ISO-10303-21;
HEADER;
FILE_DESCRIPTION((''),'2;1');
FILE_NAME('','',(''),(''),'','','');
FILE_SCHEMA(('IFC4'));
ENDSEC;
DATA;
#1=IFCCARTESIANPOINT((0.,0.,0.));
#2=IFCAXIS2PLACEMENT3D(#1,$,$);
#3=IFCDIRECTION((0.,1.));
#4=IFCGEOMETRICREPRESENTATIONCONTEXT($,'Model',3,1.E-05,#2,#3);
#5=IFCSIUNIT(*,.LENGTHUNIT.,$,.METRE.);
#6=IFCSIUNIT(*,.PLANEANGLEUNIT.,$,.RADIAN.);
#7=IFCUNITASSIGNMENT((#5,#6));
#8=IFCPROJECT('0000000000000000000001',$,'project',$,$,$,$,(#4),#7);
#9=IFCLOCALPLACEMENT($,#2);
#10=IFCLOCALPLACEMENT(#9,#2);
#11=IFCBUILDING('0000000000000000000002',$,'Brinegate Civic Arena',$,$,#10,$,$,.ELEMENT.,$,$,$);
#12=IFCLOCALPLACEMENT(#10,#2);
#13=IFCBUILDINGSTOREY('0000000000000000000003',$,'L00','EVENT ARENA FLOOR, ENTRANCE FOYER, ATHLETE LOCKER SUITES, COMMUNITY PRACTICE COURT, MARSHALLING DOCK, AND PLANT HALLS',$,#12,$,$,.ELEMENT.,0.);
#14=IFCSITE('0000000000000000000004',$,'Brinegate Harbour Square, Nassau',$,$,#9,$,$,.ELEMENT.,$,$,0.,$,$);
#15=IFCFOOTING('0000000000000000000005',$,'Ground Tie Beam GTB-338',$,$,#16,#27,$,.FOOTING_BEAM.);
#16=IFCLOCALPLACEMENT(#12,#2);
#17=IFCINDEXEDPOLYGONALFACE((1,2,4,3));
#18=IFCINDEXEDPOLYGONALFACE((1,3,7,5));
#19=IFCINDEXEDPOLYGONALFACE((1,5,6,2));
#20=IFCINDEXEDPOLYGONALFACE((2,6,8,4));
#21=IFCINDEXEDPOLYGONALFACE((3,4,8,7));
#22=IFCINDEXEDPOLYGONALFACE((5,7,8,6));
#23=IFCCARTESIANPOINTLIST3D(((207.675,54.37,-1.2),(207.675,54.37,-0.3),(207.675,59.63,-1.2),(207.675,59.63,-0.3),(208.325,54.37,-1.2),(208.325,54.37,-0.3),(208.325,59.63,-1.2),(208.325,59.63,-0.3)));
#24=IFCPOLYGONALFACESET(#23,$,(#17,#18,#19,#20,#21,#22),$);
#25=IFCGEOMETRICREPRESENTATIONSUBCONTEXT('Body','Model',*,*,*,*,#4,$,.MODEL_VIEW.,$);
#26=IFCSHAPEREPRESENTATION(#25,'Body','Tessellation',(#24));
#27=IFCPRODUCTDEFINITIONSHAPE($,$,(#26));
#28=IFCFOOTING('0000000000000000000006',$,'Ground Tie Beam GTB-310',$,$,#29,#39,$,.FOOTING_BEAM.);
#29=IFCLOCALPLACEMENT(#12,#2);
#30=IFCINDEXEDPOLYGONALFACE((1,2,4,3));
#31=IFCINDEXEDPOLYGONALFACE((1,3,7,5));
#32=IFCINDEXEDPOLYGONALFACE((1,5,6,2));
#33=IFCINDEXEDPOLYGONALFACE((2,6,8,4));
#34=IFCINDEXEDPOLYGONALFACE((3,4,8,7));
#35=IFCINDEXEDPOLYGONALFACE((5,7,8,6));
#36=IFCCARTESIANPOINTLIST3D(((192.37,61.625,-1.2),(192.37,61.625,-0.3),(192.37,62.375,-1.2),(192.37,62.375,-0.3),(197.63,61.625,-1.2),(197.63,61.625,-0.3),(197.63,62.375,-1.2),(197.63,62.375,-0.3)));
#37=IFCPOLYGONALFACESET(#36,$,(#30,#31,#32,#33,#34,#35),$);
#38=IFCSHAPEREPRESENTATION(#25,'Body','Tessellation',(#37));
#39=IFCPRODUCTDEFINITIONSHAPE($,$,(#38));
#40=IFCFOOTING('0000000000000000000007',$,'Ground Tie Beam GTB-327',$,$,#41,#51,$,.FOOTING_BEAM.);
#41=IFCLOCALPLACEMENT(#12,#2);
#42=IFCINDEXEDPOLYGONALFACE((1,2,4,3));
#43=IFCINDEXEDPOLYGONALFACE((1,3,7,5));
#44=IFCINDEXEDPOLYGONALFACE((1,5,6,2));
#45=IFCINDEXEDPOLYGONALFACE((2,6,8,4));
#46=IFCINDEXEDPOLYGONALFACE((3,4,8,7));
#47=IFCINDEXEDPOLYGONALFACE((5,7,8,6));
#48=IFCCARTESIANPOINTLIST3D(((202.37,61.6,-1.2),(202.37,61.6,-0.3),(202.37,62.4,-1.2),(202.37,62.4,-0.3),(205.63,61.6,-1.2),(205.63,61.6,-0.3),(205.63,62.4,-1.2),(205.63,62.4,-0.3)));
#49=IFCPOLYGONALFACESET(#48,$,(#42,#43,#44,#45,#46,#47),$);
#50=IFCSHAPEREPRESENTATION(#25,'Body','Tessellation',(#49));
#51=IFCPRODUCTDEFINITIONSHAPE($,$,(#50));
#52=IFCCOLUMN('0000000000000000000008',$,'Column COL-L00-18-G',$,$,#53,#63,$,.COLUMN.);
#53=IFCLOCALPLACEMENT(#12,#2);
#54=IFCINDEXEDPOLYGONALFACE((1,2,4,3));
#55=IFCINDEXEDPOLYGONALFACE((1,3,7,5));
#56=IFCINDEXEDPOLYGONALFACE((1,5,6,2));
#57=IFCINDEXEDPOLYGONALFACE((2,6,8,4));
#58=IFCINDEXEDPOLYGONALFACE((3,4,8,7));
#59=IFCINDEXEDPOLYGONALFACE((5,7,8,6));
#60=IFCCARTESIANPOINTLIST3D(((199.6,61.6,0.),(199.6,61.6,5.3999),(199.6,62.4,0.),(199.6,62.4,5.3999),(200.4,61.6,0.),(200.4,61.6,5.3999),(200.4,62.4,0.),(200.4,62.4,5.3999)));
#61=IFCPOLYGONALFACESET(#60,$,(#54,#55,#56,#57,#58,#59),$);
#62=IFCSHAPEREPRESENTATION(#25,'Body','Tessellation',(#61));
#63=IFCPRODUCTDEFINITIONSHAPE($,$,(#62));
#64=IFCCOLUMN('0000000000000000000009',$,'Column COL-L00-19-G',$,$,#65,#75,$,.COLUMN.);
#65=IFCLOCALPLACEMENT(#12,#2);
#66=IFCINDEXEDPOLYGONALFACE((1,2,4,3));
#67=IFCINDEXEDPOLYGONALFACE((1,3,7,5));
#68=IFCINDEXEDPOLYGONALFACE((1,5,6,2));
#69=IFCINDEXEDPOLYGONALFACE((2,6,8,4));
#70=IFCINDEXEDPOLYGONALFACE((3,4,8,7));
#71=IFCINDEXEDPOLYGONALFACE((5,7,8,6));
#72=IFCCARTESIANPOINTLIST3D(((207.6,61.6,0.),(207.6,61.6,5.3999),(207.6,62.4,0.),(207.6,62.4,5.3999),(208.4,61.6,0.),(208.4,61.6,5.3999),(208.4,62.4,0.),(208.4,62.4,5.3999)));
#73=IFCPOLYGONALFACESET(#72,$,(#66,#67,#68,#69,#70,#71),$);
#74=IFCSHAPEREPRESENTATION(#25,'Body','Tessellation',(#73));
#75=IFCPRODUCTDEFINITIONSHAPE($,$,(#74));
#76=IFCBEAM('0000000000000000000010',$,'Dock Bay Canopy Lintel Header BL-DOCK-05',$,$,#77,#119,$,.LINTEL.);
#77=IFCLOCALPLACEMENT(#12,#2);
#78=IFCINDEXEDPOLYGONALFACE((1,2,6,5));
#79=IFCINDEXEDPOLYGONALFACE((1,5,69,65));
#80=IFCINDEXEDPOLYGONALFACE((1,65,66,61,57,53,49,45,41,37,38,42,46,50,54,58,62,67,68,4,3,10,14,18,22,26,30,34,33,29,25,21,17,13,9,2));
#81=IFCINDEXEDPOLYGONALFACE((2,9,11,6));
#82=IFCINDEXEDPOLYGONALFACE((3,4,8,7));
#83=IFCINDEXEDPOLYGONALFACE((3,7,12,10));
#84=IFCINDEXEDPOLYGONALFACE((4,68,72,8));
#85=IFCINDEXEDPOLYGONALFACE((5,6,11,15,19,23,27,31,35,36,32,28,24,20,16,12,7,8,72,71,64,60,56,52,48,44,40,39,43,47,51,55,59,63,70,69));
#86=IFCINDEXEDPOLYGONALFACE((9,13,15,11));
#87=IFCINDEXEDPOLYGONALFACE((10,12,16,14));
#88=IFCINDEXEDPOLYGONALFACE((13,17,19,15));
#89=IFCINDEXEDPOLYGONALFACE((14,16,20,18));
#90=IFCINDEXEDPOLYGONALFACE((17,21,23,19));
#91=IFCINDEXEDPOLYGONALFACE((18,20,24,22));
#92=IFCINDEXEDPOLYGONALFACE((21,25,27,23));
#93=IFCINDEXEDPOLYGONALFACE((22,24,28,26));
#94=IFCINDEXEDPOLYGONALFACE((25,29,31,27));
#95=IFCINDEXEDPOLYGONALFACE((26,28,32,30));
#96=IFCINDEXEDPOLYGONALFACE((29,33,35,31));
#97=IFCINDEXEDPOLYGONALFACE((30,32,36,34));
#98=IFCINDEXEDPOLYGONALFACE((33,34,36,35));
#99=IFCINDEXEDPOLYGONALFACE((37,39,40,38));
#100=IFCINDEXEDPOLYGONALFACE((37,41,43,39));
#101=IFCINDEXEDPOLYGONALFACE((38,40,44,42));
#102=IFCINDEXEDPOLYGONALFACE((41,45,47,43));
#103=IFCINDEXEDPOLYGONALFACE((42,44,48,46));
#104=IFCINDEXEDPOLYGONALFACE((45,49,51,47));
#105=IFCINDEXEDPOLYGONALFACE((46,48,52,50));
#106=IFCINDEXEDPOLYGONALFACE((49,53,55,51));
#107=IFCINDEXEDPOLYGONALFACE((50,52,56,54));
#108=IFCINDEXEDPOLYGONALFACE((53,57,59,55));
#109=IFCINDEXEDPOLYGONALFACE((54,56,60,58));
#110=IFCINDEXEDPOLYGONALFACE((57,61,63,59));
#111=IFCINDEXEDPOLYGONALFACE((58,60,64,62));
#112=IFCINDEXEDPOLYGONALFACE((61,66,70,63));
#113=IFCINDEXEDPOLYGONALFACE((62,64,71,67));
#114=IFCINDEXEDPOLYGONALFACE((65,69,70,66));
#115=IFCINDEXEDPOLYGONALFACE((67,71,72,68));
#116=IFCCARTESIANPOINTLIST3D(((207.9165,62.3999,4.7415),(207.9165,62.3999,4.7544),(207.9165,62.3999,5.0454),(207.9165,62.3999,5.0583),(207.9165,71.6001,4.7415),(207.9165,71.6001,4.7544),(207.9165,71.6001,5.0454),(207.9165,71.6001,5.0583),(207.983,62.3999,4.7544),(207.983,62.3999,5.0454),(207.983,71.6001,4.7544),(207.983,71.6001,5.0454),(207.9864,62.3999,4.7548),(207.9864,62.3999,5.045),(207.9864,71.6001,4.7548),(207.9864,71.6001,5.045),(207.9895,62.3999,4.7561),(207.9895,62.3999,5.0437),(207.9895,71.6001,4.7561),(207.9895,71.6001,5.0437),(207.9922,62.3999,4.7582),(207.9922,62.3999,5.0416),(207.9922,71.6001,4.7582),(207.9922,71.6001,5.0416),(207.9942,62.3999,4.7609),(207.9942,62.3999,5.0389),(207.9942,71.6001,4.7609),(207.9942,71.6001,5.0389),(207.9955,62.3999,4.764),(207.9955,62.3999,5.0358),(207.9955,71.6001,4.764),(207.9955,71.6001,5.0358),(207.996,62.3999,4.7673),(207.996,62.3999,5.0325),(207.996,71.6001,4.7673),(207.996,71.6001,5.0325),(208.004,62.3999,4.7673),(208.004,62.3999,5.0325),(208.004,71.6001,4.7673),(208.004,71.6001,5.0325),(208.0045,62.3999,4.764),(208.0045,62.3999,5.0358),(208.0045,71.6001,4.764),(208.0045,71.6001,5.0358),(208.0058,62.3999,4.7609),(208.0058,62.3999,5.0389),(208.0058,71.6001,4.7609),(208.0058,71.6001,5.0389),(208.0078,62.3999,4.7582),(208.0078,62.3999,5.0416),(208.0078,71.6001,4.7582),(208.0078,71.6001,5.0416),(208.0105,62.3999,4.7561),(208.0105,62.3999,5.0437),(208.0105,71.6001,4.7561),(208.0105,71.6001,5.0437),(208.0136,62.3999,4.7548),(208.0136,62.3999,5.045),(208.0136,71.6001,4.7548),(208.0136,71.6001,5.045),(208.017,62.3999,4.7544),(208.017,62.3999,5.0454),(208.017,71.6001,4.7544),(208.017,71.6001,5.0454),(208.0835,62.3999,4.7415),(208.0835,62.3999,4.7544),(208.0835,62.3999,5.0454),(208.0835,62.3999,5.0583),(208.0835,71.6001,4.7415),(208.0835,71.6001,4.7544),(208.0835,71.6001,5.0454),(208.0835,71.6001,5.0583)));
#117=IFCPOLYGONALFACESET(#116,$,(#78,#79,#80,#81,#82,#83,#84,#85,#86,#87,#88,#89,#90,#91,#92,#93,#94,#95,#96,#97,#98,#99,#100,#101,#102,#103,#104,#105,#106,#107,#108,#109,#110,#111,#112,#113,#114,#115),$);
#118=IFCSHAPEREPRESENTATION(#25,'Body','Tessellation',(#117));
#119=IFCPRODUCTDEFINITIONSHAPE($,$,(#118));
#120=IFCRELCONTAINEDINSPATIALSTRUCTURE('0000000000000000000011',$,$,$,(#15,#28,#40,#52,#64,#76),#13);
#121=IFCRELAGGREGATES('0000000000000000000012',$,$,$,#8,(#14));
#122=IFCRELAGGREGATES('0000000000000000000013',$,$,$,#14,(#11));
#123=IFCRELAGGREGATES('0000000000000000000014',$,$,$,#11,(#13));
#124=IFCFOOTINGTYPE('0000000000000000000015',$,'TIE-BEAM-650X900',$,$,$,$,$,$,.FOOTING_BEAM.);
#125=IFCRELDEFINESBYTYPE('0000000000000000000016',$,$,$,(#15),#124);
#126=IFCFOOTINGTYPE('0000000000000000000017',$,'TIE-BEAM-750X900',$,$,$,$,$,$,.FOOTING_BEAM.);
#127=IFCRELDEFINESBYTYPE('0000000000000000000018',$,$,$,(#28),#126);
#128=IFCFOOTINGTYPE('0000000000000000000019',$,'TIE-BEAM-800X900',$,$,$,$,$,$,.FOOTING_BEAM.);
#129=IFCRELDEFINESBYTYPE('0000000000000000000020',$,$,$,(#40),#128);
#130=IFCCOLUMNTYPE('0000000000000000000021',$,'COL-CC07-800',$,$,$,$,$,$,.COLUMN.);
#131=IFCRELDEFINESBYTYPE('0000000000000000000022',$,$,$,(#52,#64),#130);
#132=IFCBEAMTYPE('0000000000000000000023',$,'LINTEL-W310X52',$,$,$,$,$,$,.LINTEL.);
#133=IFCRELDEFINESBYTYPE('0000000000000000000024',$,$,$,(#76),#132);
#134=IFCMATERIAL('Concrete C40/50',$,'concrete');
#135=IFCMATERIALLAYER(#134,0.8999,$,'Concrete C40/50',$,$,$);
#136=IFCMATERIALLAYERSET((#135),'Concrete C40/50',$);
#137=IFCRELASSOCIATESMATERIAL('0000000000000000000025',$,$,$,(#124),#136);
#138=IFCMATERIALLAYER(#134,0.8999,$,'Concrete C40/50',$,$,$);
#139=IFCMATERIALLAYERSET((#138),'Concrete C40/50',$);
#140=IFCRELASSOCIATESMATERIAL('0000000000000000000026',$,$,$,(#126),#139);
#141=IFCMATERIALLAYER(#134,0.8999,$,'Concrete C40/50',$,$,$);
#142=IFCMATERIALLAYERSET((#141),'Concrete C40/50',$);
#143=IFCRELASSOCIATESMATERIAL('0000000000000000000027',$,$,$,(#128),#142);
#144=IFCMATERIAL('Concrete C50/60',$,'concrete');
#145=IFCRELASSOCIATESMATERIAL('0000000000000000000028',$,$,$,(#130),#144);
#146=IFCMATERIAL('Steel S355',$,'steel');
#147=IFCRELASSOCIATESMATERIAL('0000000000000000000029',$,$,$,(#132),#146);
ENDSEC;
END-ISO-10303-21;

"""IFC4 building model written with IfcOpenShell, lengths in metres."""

from ifc_helpers import new_model, si_unit, direction, frame, origin, origin_2d, place, context, subcontext, project, spatial, rectangle, i_section, extrude, material, layer, layer_set, material_profile, profile_set, type_object, element, save


model = new_model("IFC4")

# Units and contexts
model_context = context("Model", 3, precision=1e-05, world=origin(), true_north=direction((0.0, 1.0)))
body_context = subcontext(model_context, "Body", "Model", "MODEL_VIEW")
ifc_project = project(units=[si_unit("LENGTHUNIT", "METRE"), si_unit("PLANEANGLEUNIT", "RADIAN")], contexts=[model_context])

# Site, building, storey
site_placement = place(None, origin())
site = spatial("IfcSite", under=ifc_project, at=site_placement, Name="Brinegate Harbour Square, Nassau", CompositionType="ELEMENT", RefElevation=0.0)
building_placement = place(site_placement, origin())
building = spatial("IfcBuilding", under=site, at=building_placement, Name="Brinegate Civic Arena", CompositionType="ELEMENT")
storey_placement = place(building_placement, origin())
storey = spatial("IfcBuildingStorey", under=building, at=storey_placement, Name="L00", Description="EVENT ARENA FLOOR, ENTRANCE FOYER, ATHLETE LOCKER SUITES, COMMUNITY PRACTICE COURT, MARSHALLING DOCK, AND PLANT HALLS", CompositionType="ELEMENT", Elevation=0.0)

# Shared definitions
ifc_material_1 = material(Name="Concrete C40/50", Category="concrete")

# Footings
ifc_layer_1 = layer(ifc_material_1, 0.8999, Name="Concrete C40/50")
ifc_layer_set_1 = layer_set([ifc_layer_1], Name="Concrete C40/50")
footing_type_1 = type_object("IfcFootingType", Name="TIE-BEAM-650X900", PredefinedType="FOOTING_BEAM", material=ifc_layer_set_1)
for number, where, z_axis, x_axis, name in (
    (1, (208.0, 57.0, -1.2), (0.0, 0.0, 1.0), (0.0, 1.0, 0.0), "Ground Tie Beam GTB-338"),
):
    element("IfcFooting", number, at=place(storey_placement, frame(where, z_axis=z_axis, x_axis=x_axis)), inside=storey, type_object=footing_type_1, Name=name, PredefinedType="FOOTING_BEAM", context=body_context, shape_type="SweptSolid", body=[
        extrude(rectangle(XDim=5.26, YDim=0.6499, at=origin_2d()), origin(), (0.0, 0.0, 1.0), 0.8999),
    ])
ifc_layer_2 = layer(ifc_material_1, 0.8999, Name="Concrete C40/50")
ifc_layer_set_2 = layer_set([ifc_layer_2], Name="Concrete C40/50")
footing_type_2 = type_object("IfcFootingType", Name="TIE-BEAM-750X900", PredefinedType="FOOTING_BEAM", material=ifc_layer_set_2)
footing_1_placement = place(storey_placement, frame((195.0, 62.0, -1.2), z_axis=(0.0, 0.0, 1.0), x_axis=(1.0, 0.0, 0.0)))
element("IfcFooting", 2, at=footing_1_placement, inside=storey, type_object=footing_type_2, Name="Ground Tie Beam GTB-310", PredefinedType="FOOTING_BEAM", context=body_context, shape_type="SweptSolid", body=[
    extrude(rectangle(XDim=5.26, YDim=0.75, at=origin_2d()), origin(), (0.0, 0.0, 1.0), 0.8999),
])
ifc_layer_3 = layer(ifc_material_1, 0.8999, Name="Concrete C40/50")
ifc_layer_set_3 = layer_set([ifc_layer_3], Name="Concrete C40/50")
footing_type_3 = type_object("IfcFootingType", Name="TIE-BEAM-800X900", PredefinedType="FOOTING_BEAM", material=ifc_layer_set_3)
footing_2_placement = place(storey_placement, frame((204.0, 62.0, -1.2), z_axis=(0.0, 0.0, 1.0), x_axis=(1.0, 0.0, 0.0)))
element("IfcFooting", 3, at=footing_2_placement, inside=storey, type_object=footing_type_3, Name="Ground Tie Beam GTB-327", PredefinedType="FOOTING_BEAM", context=body_context, shape_type="SweptSolid", body=[
    extrude(rectangle(XDim=3.26, YDim=0.8, at=origin_2d()), origin(), (0.0, 0.0, 1.0), 0.8999),
])

# Columns
ifc_material_2 = material(Name="Concrete C50/60", Category="concrete")
ifc_material_profile_1 = material_profile(ifc_material_2, rectangle(XDim=0.8, YDim=0.8, at=origin_2d()), Name="RC800X800")
ifc_profile_set_1 = profile_set([ifc_material_profile_1], Name="Concrete C50/60")
column_type = type_object("IfcColumnType", Name="COL-CC07-800", PredefinedType="COLUMN", material=ifc_profile_set_1)
for number, where, z_axis, x_axis, name in (
    (4, (200.0, 62.0, 0.0), (0.0, 0.0, 1.0), (1.0, 0.0, 0.0), "Column COL-L00-18-G"),
    (5, (208.0, 62.0, 0.0), (0.0, 0.0, 1.0), (1.0, 0.0, 0.0), "Column COL-L00-19-G"),
):
    element("IfcColumn", number, at=place(storey_placement, frame(where, z_axis=z_axis, x_axis=x_axis)), inside=storey, type_object=column_type, Name=name, PredefinedType="COLUMN", context=body_context, shape_type="SweptSolid", body=[
        extrude(rectangle(XDim=0.8, YDim=0.8, at=origin_2d()), origin(), (0.0, 0.0, 1.0), 5.3999),
    ])

# Beam
ifc_material_3 = material(Name="Steel S355", Category="steel")
ifc_material_profile_2 = material_profile(ifc_material_3, i_section(OverallWidth=0.167, OverallDepth=0.3169, WebThickness=0.0081, FlangeThickness=0.0129, FilletRadius=0.0129, at=origin_2d()), Name="W310X52")
ifc_profile_set_2 = profile_set([ifc_material_profile_2], Name="Steel S355")
beam_type = type_object("IfcBeamType", Name="LINTEL-W310X52", PredefinedType="LINTEL", material=ifc_profile_set_2)
beam_placement = place(storey_placement, frame((208.0, 62.3999, 4.8999), z_axis=(0.0, 1.0, 0.0), x_axis=(-1.0, 0.0, 0.0)))
element("IfcBeam", 6, at=beam_placement, inside=storey, type_object=beam_type, Name="Dock Bay Canopy Lintel Header BL-DOCK-05", PredefinedType="LINTEL", context=body_context, shape_type="SweptSolid", body=[
    extrude(i_section(OverallWidth=0.167, OverallDepth=0.3169, WebThickness=0.0081, FlangeThickness=0.0129, FilletRadius=0.0129, at=origin_2d()), origin(), (0.0, 0.0, 1.0), 9.2002),
])

save(model, "model.ifc")
